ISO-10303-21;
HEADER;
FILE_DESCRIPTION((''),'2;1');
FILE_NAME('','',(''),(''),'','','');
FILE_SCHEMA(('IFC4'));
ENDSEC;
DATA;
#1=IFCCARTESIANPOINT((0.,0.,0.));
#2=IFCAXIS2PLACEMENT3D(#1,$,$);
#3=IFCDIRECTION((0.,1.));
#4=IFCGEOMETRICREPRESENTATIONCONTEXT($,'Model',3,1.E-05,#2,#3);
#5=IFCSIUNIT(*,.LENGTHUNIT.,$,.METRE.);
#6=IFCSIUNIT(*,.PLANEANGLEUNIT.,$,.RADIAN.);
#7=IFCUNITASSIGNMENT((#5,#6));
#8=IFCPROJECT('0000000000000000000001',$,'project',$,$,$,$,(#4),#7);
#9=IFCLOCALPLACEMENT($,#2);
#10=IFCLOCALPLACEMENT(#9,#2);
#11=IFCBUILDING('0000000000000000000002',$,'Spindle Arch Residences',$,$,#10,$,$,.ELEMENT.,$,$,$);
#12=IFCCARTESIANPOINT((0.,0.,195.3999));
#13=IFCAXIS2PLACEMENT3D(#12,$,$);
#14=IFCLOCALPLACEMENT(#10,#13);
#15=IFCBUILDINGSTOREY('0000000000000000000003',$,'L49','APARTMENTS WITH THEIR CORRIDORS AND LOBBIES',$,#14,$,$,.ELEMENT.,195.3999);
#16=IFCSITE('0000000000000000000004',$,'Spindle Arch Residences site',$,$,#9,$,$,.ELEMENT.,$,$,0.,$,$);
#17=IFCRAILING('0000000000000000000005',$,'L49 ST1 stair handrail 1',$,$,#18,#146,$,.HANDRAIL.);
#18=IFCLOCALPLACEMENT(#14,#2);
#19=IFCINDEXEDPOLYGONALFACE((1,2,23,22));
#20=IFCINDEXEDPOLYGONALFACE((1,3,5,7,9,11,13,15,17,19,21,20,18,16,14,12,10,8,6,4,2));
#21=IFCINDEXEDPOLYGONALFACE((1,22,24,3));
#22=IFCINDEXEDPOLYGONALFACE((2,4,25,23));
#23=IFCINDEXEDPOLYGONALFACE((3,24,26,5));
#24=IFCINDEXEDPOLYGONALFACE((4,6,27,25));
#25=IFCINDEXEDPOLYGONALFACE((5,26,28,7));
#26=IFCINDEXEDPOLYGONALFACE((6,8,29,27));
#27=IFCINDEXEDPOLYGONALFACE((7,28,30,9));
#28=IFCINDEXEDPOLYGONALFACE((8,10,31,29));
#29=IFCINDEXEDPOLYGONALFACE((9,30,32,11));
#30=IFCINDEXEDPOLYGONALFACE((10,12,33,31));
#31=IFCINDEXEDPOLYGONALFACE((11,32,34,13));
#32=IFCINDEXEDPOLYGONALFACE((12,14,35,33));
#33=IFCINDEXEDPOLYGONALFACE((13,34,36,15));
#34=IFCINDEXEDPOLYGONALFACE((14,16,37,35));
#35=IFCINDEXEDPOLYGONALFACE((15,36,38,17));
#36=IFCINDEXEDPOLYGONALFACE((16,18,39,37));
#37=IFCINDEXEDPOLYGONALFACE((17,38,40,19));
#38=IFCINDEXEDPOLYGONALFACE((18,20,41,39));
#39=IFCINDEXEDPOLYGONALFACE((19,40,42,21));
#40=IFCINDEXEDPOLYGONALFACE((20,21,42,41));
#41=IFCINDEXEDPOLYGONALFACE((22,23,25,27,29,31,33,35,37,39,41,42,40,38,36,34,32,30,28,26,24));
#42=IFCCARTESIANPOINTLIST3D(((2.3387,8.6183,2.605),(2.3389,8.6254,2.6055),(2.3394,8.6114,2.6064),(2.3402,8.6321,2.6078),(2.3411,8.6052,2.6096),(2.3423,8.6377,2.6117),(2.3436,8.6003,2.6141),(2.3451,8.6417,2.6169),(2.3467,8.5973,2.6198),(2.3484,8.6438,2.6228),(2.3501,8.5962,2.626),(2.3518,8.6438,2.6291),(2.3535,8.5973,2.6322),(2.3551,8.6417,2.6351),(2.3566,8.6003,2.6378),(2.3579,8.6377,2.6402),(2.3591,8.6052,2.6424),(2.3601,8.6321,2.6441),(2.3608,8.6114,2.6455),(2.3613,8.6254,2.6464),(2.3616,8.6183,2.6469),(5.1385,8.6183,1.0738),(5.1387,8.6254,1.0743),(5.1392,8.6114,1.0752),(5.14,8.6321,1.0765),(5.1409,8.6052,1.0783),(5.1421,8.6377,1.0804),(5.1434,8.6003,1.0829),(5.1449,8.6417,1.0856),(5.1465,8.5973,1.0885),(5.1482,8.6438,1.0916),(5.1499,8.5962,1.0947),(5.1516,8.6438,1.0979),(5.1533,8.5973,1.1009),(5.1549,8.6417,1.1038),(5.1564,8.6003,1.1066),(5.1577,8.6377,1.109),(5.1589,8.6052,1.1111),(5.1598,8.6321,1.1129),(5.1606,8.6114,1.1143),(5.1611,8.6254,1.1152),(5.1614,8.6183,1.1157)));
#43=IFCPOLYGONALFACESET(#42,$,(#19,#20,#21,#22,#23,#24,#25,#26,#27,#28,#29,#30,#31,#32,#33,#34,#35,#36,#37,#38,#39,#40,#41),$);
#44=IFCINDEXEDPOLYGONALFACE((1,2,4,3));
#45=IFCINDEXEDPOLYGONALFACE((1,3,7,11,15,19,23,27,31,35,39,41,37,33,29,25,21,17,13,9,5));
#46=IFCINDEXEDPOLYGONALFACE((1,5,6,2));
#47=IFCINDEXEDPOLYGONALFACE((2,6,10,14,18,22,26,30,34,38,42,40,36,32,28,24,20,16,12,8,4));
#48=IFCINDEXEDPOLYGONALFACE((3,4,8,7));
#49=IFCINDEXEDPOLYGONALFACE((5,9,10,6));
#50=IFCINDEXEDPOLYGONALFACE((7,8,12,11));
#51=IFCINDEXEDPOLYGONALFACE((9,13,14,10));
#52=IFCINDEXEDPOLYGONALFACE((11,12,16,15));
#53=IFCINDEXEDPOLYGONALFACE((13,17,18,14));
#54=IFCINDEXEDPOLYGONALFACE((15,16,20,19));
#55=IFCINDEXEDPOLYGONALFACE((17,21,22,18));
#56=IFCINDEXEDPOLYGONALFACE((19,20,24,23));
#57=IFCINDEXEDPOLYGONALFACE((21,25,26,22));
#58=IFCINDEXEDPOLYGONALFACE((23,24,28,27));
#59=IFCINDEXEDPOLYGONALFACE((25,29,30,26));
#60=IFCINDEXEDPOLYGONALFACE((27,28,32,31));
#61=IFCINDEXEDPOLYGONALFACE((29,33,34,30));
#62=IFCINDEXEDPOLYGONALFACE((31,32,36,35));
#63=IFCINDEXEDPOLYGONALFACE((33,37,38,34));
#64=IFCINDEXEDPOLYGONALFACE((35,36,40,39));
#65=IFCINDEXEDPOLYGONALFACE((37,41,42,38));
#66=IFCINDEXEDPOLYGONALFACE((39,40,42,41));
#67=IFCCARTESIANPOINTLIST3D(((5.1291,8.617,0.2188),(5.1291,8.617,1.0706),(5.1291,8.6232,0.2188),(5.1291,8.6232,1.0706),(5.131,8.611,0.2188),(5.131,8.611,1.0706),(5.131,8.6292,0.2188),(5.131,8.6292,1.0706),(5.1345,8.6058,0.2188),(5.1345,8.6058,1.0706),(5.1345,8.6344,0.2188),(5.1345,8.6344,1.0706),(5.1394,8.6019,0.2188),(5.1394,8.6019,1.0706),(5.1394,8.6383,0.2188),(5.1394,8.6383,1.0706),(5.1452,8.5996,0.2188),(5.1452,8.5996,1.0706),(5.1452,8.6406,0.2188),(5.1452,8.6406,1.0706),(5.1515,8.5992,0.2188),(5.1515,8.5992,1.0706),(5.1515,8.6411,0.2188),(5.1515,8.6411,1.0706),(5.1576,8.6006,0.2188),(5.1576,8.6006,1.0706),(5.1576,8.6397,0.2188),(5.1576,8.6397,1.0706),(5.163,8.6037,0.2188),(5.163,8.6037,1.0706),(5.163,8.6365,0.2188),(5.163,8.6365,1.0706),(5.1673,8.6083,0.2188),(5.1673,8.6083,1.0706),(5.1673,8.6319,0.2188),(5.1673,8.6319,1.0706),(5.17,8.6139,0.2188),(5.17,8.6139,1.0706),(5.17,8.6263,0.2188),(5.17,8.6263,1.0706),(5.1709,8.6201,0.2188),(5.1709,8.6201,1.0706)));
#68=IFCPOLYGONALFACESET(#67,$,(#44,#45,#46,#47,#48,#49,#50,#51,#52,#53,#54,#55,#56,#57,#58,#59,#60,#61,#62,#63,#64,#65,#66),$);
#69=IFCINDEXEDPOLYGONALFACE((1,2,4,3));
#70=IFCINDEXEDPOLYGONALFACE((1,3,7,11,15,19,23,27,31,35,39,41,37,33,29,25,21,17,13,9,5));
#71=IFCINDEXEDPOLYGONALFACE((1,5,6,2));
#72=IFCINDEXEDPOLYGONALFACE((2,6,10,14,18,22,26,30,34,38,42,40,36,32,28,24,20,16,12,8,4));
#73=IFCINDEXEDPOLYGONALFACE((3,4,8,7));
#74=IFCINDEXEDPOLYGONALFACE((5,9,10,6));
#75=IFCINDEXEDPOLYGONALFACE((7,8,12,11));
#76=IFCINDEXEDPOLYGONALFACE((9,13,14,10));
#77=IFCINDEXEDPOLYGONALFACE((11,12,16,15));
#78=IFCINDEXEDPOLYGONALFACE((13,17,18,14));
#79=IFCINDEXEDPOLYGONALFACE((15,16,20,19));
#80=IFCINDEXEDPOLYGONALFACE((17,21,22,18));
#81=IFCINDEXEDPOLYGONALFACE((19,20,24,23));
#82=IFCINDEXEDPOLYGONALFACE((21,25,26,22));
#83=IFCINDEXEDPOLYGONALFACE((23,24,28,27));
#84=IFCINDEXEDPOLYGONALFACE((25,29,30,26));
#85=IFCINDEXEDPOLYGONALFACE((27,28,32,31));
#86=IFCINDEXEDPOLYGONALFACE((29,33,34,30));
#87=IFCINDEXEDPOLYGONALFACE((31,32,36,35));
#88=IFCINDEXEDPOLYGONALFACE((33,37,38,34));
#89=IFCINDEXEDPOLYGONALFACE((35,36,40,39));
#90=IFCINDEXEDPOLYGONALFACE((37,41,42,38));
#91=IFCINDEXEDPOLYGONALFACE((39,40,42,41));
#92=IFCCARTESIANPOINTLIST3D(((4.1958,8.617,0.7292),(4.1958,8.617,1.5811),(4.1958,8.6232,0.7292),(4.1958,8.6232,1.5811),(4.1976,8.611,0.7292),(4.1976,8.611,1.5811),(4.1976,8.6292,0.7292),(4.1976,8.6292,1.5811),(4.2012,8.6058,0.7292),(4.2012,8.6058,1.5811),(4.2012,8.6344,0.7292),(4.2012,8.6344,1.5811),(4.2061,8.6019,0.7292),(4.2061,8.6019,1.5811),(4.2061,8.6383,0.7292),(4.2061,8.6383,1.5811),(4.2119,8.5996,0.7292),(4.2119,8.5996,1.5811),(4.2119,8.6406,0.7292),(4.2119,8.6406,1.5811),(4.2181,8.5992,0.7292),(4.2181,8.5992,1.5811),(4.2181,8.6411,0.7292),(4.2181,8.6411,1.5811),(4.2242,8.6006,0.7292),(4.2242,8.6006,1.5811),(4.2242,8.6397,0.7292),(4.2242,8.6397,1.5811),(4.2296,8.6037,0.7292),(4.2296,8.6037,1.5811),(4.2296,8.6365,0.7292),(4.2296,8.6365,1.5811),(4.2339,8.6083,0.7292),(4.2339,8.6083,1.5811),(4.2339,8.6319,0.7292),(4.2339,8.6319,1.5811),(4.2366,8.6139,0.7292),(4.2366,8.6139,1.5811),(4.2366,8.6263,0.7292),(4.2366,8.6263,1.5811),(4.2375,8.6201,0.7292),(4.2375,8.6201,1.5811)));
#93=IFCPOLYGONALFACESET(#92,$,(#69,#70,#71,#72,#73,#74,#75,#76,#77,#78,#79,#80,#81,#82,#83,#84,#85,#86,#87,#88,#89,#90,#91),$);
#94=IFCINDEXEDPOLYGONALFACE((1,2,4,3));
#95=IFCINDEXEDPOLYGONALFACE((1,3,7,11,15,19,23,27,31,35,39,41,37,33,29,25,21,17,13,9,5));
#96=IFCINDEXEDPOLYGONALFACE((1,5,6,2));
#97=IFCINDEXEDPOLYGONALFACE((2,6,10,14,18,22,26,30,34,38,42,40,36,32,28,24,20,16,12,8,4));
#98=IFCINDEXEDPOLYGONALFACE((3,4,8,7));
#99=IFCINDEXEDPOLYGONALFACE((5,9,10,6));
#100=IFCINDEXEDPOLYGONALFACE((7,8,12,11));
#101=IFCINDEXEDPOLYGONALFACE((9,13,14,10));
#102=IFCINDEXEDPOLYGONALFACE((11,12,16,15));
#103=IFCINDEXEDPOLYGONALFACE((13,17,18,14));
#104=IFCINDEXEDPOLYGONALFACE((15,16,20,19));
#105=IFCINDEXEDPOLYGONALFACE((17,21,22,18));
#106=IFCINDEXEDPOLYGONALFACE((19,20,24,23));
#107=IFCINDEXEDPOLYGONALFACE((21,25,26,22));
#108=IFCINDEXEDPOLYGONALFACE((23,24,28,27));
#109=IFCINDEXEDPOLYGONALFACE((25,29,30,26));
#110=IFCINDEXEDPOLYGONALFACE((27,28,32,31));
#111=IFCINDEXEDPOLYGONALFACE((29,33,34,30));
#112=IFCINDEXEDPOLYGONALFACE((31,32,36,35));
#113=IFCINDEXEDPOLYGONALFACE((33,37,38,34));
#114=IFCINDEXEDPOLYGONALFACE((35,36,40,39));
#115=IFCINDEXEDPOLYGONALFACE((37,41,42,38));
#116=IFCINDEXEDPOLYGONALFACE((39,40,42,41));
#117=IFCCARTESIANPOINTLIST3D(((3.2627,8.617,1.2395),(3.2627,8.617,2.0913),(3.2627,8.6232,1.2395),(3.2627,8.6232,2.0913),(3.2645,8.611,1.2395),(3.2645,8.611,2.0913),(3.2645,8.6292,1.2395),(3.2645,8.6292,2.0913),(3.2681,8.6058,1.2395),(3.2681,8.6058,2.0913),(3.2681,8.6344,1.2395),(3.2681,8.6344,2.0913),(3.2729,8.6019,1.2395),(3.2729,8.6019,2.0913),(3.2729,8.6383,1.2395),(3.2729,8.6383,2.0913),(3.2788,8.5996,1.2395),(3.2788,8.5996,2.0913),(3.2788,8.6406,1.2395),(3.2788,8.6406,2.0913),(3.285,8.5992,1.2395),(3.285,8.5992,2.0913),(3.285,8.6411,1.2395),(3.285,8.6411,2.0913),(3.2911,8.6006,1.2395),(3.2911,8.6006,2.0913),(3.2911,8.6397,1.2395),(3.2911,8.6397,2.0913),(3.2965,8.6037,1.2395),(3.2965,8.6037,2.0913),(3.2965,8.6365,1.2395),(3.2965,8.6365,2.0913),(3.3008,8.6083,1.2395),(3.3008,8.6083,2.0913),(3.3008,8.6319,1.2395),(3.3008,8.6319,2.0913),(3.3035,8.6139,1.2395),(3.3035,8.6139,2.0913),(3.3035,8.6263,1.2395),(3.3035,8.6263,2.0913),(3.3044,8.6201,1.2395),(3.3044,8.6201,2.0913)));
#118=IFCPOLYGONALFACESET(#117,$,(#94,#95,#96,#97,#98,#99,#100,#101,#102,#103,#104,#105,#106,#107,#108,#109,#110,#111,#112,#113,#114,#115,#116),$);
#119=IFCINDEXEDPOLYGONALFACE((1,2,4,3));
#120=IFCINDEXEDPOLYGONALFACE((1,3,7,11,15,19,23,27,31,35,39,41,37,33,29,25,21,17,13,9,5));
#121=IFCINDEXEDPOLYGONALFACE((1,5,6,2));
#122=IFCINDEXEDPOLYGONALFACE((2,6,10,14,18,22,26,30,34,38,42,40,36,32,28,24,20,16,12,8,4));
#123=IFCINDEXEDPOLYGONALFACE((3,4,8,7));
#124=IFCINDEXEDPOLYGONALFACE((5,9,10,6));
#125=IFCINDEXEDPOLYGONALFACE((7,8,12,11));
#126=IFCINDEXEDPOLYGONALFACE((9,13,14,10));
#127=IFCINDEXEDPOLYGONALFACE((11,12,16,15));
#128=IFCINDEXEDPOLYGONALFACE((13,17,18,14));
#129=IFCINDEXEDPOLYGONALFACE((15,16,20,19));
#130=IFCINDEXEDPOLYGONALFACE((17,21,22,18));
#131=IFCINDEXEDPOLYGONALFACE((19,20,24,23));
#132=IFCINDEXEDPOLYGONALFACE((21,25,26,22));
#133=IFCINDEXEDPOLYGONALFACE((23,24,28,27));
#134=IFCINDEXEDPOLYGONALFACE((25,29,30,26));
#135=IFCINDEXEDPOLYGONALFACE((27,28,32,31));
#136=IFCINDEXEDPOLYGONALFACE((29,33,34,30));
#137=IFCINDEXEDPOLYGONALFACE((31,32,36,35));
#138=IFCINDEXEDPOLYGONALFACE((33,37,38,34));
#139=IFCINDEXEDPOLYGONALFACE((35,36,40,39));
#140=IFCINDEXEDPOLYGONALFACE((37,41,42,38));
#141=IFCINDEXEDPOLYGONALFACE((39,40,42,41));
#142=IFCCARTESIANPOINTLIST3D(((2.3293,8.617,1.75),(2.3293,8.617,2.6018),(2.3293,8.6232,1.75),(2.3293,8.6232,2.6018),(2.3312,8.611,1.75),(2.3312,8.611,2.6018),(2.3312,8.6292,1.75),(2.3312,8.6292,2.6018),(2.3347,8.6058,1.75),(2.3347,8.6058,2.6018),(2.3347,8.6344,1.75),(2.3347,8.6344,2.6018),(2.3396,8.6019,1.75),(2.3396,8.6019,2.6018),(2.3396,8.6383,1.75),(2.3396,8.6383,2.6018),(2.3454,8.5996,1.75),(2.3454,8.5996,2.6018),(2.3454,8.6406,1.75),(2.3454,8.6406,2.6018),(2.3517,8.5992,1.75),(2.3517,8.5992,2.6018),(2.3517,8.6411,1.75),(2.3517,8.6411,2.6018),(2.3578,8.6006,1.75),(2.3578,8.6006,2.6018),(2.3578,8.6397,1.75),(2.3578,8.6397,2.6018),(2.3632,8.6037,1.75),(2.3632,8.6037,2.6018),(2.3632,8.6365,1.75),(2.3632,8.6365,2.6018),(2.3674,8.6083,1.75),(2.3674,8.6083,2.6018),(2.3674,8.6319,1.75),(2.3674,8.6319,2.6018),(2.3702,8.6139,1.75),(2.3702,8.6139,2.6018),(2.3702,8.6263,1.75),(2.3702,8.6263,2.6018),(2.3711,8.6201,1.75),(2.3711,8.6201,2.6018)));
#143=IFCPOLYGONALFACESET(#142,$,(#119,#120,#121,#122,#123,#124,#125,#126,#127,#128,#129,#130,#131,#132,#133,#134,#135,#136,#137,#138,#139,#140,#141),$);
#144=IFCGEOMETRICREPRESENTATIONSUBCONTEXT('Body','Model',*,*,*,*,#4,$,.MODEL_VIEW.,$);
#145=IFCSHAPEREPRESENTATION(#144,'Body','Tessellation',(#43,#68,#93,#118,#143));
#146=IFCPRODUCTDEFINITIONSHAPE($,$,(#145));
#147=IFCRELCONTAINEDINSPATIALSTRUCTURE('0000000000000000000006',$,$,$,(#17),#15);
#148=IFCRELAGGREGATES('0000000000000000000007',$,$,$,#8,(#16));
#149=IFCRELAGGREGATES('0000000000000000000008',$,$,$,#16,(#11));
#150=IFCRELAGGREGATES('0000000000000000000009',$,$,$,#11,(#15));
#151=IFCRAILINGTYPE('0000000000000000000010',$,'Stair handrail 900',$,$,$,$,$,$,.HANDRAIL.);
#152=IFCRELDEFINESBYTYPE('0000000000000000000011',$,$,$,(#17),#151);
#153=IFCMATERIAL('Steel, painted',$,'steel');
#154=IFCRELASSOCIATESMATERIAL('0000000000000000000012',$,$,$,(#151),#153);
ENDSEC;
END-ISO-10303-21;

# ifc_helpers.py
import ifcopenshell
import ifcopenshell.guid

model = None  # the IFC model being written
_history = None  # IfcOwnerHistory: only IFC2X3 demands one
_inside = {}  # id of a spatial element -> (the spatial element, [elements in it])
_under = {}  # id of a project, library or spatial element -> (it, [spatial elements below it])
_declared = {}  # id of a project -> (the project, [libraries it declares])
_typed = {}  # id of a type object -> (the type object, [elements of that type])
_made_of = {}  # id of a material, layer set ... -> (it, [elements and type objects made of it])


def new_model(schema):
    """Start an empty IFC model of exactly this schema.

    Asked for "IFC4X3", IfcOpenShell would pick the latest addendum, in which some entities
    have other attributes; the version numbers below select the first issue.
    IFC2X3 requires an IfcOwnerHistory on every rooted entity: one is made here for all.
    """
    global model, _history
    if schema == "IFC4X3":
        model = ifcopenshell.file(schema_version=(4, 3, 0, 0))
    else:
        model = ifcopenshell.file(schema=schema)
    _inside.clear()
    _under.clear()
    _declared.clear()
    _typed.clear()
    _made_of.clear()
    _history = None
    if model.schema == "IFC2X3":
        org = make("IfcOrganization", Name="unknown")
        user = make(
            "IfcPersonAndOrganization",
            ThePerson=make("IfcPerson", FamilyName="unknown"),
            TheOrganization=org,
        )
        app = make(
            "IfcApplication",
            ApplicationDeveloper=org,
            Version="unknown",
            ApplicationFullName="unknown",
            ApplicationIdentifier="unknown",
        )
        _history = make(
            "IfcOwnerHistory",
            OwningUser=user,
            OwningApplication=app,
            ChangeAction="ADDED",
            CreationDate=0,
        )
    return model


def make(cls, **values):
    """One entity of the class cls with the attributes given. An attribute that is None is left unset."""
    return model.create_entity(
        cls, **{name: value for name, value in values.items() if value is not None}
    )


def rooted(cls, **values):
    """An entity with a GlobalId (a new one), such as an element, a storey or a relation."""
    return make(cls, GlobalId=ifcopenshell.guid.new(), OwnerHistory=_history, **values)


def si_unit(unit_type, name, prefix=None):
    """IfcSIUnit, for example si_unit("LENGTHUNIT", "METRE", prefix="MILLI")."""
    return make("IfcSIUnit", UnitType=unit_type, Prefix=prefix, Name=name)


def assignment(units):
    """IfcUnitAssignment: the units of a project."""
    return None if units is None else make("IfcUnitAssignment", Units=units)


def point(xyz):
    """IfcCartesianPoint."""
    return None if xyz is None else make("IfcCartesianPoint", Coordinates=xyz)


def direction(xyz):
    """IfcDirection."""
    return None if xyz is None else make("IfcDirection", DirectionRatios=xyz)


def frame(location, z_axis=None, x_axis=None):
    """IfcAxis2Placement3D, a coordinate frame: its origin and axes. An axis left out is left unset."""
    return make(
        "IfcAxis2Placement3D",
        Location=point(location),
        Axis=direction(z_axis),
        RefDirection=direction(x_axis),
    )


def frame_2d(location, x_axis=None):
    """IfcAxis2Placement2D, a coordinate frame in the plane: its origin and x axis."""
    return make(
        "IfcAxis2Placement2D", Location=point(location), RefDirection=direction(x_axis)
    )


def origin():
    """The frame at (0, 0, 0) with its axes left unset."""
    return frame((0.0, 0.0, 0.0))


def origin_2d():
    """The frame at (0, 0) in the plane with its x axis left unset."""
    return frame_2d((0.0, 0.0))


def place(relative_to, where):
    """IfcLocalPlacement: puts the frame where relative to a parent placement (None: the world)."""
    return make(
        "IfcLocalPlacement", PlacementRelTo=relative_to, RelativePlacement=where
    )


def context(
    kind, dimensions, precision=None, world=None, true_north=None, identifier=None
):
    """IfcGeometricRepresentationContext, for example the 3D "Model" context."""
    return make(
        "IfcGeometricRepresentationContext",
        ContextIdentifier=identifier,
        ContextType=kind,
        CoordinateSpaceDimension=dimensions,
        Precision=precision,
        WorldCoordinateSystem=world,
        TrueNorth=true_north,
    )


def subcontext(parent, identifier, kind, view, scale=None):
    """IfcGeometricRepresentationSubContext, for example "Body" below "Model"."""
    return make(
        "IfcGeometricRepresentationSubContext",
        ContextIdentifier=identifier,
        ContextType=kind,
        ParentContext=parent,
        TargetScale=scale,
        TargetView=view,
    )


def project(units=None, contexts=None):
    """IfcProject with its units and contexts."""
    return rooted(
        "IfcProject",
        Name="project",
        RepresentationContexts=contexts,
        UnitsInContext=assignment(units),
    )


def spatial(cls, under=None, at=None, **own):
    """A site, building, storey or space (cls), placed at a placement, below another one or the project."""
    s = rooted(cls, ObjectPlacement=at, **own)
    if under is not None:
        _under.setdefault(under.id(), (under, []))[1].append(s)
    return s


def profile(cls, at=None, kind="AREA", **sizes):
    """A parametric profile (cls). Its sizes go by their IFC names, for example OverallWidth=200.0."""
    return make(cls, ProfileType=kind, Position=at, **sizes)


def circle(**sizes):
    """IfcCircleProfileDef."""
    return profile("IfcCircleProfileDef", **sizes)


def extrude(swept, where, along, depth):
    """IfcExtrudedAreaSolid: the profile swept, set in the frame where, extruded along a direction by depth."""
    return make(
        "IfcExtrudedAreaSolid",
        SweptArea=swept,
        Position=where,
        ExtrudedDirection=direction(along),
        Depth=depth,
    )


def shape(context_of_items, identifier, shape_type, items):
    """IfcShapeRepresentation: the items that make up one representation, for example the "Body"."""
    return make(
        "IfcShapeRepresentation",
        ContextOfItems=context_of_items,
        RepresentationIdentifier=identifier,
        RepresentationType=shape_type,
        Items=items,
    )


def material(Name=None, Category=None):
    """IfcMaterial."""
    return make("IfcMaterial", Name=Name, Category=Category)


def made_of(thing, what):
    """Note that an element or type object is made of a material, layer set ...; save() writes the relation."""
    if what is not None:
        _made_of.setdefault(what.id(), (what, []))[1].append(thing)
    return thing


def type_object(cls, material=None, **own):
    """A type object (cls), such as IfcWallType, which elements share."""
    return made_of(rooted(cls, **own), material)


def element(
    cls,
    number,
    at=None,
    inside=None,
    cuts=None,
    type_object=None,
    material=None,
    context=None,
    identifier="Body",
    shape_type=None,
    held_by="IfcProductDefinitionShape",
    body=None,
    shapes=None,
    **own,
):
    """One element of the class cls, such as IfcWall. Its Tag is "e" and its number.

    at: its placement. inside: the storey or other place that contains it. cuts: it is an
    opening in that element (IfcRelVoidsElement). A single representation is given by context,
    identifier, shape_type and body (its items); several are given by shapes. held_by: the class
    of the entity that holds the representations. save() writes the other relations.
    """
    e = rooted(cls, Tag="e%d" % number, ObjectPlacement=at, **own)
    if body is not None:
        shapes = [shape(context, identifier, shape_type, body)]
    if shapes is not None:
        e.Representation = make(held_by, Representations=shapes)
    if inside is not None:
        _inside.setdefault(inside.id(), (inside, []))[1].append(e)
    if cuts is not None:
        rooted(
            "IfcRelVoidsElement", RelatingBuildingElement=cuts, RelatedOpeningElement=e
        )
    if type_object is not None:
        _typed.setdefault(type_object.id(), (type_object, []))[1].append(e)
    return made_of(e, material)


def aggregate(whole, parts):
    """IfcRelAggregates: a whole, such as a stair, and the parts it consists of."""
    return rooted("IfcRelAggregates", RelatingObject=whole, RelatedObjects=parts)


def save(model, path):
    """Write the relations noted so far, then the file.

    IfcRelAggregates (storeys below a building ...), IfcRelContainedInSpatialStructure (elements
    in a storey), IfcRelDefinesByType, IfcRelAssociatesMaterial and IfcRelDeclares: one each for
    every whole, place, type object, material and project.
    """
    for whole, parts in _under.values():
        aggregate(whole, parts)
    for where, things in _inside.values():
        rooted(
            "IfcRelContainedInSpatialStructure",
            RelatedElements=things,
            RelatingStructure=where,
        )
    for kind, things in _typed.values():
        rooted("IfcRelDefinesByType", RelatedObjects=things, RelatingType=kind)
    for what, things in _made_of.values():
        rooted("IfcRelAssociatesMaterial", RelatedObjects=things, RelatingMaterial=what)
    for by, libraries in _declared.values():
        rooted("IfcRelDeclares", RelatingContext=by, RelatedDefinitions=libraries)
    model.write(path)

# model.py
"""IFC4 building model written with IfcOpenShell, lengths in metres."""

from ifc_helpers import new_model, si_unit, direction, frame, origin, origin_2d, place, context, subcontext, project, spatial, circle, extrude, material, type_object, element, save


model = new_model("IFC4")

# Units and contexts
model_context = context("Model", 3, precision=1e-05, world=origin(), true_north=direction((0.0, 1.0)))
body_context = subcontext(model_context, "Body", "Model", "MODEL_VIEW")
ifc_project = project(units=[si_unit("LENGTHUNIT", "METRE"), si_unit("PLANEANGLEUNIT", "RADIAN")], contexts=[model_context])

# Site, building, storey
site_placement = place(None, origin())
site = spatial("IfcSite", under=ifc_project, at=site_placement, Name="Spindle Arch Residences site", CompositionType="ELEMENT", RefElevation=0.0)
building_placement = place(site_placement, origin())
building = spatial("IfcBuilding", under=site, at=building_placement, Name="Spindle Arch Residences", CompositionType="ELEMENT")
storey_placement = place(building_placement, frame((0.0, 0.0, 195.3999)))
storey = spatial("IfcBuildingStorey", under=building, at=storey_placement, Name="L49", Description="APARTMENTS WITH THEIR CORRIDORS AND LOBBIES", CompositionType="ELEMENT", Elevation=195.3999)

# Railing
ifc_material_1 = material(Name="Steel, painted", Category="steel")
railing_type_1 = type_object("IfcRailingType", Name="Stair handrail 900", PredefinedType="HANDRAIL", material=ifc_material_1)
railing_1_placement = place(storey_placement, frame((5.1499, 8.6201, 0.2188)))
element("IfcRailing", 1, at=railing_1_placement, inside=storey, type_object=railing_type_1, Name="L49 ST1 stair handrail 1", PredefinedType="HANDRAIL", context=body_context, shape_type="SweptSolid", body=[
    extrude(circle(Radius=0.0239, at=origin_2d()), frame((0.0, 0.0, 0.876), z_axis=(-0.877357, 0.0, 0.479838), x_axis=(0.0, -1.0, 0.0)), (0.0, 0.0, 1.0), 3.1912),
    extrude(circle(Radius=0.021, at=origin_2d()), origin(), (0.0, 0.0, 1.0), 0.8518),
    extrude(circle(Radius=0.021, at=origin_2d()), frame((-0.9333, 0.0, 0.5105)), (0.0, 0.0, 1.0), 0.8518),
    extrude(circle(Radius=0.021, at=origin_2d()), frame((-1.8665, 0.0, 1.0208)), (0.0, 0.0, 1.0), 0.8518),
    extrude(circle(Radius=0.021, at=origin_2d()), frame((-2.7998, 0.0, 1.5312)), (0.0, 0.0, 1.0), 0.8518),
])

save(model, "model.ifc")
